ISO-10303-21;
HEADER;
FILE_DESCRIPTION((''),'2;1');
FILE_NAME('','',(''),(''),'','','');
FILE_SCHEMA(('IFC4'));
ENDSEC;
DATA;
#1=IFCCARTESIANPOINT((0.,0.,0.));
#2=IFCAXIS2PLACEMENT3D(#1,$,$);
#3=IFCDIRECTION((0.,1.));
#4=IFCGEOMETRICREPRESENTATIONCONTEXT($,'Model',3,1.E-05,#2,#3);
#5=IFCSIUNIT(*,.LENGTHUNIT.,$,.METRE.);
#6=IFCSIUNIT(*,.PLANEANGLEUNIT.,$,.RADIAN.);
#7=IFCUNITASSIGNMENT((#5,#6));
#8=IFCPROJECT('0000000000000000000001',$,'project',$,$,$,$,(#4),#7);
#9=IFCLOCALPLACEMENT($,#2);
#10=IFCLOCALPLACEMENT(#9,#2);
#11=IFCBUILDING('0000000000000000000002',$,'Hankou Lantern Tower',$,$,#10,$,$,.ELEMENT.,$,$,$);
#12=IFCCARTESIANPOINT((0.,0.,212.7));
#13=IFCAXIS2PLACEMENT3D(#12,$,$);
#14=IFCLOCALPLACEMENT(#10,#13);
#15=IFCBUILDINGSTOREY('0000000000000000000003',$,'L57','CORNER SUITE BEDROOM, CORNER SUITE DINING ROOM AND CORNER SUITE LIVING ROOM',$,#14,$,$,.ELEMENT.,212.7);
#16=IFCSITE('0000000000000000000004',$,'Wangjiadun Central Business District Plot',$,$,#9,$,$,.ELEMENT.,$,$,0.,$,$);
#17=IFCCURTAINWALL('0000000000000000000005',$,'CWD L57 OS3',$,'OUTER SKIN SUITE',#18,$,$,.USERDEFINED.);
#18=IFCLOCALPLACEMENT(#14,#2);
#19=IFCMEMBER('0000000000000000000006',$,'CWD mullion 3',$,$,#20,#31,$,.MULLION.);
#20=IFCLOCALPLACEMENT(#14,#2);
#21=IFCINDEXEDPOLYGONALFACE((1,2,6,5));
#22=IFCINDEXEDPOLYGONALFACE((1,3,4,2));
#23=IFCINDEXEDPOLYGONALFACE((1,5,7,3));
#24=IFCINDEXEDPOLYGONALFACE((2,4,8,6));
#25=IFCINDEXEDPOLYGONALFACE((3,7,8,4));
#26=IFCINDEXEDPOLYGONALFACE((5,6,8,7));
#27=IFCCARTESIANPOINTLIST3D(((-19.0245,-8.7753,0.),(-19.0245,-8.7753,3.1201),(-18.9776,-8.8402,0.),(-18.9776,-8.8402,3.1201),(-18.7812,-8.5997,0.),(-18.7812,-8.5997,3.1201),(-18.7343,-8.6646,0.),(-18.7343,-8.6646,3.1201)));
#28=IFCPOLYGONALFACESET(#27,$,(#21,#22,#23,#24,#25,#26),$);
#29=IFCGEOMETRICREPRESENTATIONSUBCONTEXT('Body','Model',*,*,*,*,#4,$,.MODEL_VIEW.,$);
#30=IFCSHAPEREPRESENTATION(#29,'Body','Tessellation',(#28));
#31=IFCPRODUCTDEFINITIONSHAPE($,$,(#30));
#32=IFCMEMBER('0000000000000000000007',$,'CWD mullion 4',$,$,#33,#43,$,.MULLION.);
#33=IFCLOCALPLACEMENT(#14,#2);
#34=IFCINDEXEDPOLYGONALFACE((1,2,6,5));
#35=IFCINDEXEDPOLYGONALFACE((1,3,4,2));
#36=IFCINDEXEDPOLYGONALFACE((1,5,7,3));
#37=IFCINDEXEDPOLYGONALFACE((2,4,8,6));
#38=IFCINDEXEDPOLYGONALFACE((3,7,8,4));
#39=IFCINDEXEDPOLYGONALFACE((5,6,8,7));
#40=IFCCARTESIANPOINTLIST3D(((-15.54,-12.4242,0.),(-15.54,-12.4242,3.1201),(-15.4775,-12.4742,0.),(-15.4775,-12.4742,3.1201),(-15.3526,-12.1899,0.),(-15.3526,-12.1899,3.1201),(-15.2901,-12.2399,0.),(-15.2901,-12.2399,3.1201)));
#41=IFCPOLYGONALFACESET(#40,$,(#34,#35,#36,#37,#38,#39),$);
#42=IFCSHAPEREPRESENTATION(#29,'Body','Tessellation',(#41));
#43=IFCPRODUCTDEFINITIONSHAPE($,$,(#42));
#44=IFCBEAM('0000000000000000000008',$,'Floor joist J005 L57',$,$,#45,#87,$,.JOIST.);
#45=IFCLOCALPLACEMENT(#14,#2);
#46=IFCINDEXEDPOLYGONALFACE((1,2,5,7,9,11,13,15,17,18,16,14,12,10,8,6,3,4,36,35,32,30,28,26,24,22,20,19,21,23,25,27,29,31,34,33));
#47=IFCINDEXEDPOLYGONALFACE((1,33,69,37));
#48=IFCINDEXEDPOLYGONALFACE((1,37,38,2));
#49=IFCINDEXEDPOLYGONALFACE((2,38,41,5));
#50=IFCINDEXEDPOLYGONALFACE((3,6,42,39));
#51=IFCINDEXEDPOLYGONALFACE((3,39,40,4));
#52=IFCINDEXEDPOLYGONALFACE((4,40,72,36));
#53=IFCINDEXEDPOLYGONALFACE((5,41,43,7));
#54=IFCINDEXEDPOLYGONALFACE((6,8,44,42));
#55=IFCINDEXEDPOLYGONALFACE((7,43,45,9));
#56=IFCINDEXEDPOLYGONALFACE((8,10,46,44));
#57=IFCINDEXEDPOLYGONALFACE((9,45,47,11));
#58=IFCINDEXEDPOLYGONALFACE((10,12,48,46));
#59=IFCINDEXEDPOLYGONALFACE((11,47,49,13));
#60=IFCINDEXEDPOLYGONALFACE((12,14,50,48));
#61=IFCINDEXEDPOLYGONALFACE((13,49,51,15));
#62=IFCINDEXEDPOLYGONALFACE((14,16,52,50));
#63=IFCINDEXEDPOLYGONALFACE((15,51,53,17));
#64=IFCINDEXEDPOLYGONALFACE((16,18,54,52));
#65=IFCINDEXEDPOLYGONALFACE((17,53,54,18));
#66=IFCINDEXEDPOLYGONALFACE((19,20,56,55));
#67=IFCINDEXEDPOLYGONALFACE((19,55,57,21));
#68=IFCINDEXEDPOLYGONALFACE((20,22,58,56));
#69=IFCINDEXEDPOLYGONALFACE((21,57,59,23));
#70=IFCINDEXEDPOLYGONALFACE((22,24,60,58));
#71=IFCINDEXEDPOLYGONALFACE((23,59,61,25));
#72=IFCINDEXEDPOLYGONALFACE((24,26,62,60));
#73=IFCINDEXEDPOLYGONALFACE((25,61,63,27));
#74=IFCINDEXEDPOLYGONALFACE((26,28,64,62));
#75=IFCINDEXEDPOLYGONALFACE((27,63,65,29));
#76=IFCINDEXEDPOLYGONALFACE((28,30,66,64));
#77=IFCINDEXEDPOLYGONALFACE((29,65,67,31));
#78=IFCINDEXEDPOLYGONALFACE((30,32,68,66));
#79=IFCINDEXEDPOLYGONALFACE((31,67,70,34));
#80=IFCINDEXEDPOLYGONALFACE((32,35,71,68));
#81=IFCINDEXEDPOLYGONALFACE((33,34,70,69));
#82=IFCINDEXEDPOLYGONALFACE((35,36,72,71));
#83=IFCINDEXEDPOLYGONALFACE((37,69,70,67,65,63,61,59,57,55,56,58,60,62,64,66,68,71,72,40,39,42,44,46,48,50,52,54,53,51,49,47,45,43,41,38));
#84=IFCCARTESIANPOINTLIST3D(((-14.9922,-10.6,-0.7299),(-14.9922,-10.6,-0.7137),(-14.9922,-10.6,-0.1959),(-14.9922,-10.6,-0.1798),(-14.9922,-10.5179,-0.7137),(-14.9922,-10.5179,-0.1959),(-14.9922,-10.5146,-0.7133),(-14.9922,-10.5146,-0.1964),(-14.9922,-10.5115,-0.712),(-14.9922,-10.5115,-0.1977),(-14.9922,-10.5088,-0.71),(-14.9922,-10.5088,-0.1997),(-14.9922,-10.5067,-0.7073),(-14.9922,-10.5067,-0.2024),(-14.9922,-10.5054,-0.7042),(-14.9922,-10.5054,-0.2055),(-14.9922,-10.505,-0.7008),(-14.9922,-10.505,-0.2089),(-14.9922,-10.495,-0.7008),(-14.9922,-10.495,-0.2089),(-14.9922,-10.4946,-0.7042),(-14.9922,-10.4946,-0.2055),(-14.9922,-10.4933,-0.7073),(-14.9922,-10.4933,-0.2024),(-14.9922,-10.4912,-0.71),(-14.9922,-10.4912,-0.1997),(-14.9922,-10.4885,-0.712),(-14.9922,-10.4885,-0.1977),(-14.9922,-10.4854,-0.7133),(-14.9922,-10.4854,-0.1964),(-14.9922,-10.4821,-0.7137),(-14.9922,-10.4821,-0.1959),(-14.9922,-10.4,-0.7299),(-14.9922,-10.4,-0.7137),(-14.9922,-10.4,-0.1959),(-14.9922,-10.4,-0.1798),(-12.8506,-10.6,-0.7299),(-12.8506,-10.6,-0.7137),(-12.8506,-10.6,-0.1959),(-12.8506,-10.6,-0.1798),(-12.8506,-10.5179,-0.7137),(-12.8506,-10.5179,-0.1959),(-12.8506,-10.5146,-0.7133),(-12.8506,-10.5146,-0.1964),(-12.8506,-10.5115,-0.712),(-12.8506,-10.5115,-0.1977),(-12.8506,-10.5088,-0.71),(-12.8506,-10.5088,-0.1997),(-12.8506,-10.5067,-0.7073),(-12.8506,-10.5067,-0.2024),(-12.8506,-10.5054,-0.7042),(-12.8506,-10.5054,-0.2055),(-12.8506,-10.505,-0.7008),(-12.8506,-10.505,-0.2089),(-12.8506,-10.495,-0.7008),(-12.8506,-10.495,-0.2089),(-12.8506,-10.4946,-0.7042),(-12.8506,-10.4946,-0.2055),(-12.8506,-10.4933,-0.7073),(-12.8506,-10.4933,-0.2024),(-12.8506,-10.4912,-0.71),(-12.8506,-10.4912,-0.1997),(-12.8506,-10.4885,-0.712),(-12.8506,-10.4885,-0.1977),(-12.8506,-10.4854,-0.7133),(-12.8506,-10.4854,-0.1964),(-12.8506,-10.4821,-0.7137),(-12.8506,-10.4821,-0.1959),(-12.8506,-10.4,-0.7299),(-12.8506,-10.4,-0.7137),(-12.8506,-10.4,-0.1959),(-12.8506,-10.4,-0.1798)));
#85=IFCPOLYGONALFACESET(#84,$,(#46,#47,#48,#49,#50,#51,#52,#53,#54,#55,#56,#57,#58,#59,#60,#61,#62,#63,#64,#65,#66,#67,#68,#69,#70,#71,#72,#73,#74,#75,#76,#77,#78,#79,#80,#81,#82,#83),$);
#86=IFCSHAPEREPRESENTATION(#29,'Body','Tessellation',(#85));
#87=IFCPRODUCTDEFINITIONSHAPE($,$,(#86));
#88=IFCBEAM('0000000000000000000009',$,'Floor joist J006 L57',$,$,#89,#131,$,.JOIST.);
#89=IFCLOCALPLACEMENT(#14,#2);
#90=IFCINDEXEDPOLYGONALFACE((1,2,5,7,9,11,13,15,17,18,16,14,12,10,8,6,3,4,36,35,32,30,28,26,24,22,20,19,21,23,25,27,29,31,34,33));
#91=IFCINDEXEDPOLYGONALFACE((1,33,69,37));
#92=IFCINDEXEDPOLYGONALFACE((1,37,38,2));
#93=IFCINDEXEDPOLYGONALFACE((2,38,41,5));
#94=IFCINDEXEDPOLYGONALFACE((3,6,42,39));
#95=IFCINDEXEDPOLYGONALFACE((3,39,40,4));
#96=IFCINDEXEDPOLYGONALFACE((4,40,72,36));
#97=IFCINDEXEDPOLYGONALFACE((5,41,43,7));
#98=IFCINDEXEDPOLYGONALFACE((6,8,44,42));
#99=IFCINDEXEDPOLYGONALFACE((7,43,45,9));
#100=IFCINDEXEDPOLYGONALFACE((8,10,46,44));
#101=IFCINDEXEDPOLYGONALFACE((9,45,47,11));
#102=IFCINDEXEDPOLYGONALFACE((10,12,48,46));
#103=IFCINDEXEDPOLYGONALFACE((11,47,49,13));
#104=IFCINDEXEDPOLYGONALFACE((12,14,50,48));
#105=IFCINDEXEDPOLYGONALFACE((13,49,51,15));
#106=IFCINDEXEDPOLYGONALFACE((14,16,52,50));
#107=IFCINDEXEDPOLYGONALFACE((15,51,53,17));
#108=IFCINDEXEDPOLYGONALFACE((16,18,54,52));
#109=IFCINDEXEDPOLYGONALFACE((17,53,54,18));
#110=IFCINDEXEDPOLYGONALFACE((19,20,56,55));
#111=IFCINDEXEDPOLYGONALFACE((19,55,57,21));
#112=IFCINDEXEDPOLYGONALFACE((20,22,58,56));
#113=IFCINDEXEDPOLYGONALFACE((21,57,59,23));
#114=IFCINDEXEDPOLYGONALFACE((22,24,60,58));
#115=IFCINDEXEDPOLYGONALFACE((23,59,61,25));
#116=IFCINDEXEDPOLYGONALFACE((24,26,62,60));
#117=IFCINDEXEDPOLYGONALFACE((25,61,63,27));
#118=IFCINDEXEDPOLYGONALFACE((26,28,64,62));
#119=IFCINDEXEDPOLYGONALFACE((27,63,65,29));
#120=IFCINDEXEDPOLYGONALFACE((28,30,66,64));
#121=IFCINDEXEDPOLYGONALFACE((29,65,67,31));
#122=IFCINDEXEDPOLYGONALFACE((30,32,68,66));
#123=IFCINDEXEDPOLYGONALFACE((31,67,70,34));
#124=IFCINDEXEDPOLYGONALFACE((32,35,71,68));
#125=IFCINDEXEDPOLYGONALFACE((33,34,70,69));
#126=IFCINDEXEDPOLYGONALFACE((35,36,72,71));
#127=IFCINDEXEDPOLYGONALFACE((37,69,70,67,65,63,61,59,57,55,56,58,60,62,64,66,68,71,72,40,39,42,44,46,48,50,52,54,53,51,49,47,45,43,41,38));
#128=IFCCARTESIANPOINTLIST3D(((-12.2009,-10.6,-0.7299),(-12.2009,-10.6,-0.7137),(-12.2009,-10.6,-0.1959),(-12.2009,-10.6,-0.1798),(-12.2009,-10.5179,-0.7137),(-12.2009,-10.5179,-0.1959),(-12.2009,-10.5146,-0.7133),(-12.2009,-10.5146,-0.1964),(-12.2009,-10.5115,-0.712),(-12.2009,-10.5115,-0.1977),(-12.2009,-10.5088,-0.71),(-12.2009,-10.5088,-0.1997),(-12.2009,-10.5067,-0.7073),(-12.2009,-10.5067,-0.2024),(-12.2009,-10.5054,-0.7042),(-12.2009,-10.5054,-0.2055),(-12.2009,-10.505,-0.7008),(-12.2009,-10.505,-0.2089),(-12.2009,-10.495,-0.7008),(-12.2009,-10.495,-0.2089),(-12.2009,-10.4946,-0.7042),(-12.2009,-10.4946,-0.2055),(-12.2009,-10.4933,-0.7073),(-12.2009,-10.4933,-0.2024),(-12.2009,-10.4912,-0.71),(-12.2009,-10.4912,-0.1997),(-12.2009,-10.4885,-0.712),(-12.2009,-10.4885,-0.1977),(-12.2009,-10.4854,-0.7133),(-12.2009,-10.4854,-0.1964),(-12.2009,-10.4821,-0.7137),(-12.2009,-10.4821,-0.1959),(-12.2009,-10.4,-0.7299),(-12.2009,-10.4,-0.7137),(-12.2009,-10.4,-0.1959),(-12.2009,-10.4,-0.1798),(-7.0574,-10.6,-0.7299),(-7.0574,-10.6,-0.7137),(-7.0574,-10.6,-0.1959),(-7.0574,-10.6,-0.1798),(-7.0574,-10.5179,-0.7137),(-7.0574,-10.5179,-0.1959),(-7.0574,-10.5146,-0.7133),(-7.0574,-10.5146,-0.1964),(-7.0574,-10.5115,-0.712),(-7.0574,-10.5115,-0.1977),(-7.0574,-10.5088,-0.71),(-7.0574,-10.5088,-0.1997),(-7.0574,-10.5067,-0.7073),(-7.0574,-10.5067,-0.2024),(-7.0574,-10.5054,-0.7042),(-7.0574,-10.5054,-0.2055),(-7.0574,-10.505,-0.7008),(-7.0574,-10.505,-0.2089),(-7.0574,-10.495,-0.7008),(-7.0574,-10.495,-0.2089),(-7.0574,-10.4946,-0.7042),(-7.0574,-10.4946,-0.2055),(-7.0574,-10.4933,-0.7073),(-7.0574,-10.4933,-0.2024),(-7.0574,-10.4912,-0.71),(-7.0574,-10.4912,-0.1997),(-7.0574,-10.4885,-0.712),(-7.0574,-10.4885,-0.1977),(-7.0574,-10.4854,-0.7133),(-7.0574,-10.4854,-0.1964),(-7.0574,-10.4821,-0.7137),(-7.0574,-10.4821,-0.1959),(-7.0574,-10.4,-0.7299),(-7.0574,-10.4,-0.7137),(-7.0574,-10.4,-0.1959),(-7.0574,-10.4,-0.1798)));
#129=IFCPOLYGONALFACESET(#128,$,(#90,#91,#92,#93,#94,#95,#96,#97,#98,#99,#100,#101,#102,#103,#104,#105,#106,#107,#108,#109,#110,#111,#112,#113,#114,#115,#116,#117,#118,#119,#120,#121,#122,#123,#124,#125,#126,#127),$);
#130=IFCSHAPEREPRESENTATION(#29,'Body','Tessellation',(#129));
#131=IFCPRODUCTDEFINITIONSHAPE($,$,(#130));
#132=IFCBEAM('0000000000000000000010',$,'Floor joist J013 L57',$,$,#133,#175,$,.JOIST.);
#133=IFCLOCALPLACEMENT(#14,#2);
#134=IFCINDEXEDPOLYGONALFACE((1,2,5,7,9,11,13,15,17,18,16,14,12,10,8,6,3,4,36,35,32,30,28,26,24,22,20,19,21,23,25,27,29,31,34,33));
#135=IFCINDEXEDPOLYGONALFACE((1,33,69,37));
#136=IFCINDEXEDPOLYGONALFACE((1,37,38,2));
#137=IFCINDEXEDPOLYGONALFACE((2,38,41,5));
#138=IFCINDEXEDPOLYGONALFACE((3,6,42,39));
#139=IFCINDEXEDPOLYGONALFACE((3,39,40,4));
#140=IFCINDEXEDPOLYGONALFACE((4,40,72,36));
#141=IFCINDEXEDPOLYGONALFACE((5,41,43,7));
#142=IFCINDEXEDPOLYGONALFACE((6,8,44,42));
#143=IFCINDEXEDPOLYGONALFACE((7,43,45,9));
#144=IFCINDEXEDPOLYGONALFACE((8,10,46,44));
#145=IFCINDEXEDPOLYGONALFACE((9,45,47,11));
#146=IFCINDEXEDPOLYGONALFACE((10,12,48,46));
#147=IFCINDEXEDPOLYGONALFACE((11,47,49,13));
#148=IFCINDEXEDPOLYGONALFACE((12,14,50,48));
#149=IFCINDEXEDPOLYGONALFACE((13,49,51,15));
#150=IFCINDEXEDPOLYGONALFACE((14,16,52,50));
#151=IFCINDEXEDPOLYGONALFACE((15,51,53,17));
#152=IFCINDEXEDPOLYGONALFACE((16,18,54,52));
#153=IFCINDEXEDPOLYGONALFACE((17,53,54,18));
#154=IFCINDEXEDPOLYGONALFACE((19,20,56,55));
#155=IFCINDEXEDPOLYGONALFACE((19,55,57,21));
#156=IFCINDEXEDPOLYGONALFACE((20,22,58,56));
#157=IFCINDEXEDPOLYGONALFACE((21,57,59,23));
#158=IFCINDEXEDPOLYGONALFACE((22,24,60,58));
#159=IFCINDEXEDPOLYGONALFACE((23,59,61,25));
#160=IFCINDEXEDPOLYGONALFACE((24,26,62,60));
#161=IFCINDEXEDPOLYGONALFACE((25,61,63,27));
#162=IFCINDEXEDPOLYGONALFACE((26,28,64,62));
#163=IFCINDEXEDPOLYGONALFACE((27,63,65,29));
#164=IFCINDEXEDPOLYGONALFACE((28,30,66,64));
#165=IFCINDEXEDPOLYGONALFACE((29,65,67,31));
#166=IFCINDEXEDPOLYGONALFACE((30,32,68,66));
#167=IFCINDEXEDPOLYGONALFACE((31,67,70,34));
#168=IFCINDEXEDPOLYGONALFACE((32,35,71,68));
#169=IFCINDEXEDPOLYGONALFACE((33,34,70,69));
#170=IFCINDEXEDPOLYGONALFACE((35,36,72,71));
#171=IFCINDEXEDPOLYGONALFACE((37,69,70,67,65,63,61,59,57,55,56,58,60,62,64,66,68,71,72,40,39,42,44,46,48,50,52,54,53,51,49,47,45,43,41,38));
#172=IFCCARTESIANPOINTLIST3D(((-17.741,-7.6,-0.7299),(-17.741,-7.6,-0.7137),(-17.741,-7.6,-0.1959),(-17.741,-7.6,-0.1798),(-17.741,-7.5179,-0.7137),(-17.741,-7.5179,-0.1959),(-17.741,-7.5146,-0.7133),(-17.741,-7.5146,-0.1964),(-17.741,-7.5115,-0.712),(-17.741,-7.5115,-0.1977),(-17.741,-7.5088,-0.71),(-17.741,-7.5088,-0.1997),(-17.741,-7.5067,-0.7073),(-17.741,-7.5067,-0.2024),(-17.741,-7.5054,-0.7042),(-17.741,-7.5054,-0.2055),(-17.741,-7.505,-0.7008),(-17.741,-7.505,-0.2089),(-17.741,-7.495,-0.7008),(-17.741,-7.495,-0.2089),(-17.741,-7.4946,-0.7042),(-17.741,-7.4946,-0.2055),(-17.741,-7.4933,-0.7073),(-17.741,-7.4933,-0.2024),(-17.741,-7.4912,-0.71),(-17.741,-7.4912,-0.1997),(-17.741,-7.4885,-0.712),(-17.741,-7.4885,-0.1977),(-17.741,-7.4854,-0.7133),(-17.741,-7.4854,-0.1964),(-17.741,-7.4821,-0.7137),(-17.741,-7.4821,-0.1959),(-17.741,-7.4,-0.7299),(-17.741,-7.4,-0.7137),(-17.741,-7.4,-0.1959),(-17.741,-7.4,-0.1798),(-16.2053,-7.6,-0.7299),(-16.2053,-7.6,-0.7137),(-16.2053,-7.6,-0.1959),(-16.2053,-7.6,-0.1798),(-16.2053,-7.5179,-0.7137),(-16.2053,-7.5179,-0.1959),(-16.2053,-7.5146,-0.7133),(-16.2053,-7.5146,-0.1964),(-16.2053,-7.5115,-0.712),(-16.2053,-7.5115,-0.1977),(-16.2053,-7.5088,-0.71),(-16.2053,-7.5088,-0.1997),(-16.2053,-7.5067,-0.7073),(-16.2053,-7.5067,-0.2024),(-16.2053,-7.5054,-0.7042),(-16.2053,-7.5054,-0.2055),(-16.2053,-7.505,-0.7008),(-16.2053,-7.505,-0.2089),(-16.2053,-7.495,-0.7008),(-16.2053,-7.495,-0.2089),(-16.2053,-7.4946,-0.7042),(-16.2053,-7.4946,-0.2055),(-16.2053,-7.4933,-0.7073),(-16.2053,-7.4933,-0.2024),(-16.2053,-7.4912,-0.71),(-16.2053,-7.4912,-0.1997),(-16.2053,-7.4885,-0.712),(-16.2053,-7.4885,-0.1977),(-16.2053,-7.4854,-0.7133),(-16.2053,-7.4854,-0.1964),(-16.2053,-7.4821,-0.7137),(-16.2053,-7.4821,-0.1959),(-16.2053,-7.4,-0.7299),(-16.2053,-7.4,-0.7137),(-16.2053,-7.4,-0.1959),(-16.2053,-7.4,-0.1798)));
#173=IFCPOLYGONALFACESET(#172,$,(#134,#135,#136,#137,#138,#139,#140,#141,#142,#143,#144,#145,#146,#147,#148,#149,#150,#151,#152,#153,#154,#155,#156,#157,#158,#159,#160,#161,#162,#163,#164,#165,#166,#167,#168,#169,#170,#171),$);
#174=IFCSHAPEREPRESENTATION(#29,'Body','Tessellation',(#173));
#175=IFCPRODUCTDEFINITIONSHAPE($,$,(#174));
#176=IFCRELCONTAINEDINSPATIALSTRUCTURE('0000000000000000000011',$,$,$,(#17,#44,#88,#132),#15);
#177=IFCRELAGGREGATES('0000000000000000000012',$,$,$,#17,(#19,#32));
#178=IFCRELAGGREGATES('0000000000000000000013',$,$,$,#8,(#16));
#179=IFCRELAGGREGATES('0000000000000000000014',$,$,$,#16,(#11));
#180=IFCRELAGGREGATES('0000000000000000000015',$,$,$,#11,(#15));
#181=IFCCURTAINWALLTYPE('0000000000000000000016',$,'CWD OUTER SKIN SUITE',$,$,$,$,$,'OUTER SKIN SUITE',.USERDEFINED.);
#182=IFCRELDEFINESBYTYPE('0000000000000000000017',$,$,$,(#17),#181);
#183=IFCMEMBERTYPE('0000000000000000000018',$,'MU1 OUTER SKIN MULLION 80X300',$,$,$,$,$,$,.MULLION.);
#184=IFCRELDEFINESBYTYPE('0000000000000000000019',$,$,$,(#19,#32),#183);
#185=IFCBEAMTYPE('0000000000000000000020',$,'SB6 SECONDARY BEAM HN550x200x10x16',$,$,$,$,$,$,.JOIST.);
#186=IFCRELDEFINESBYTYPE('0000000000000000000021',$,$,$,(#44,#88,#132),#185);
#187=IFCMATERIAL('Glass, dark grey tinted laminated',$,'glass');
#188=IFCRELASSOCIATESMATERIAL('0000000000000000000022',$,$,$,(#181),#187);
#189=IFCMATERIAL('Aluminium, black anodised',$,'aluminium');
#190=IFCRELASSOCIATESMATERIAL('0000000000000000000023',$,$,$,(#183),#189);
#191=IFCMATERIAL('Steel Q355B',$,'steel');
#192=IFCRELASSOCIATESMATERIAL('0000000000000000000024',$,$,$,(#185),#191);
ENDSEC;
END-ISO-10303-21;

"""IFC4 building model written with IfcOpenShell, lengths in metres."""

from ifc_helpers import new_model, si_unit, direction, frame, origin, origin_2d, place, context, subcontext, project, spatial, rectangle, i_section, extrude, material, material_profile, profile_set, type_object, element, aggregate, save


model = new_model("IFC4")

# Units and contexts
model_context = context("Model", 3, precision=1e-05, world=origin(), true_north=direction((0.0, 1.0)))
body_context = subcontext(model_context, "Body", "Model", "MODEL_VIEW")
ifc_project = project(units=[si_unit("LENGTHUNIT", "METRE"), si_unit("PLANEANGLEUNIT", "RADIAN")], contexts=[model_context])

# Site, building, storey
site_placement = place(None, origin())
site = spatial("IfcSite", under=ifc_project, at=site_placement, Name="Wangjiadun Central Business District Plot", CompositionType="ELEMENT", RefElevation=0.0)
building_placement = place(site_placement, origin())
building = spatial("IfcBuilding", under=site, at=building_placement, Name="Hankou Lantern Tower", CompositionType="ELEMENT")
storey_placement = place(building_placement, frame((0.0, 0.0, 212.7)))
storey = spatial("IfcBuildingStorey", under=building, at=storey_placement, Name="L57", Description="CORNER SUITE BEDROOM, CORNER SUITE DINING ROOM AND CORNER SUITE LIVING ROOM", CompositionType="ELEMENT", Elevation=212.7)

# Curtain wall, members
ifc_material_1 = material(Name="Glass, dark grey tinted laminated", Category="glass")
curtain_wall_type = type_object("IfcCurtainWallType", Name="CWD OUTER SKIN SUITE", ElementType="OUTER SKIN SUITE", PredefinedType="USERDEFINED", material=ifc_material_1)
curtain_wall_placement = place(storey_placement, origin())
curtain_wall = element("IfcCurtainWall", 1, at=curtain_wall_placement, inside=storey, type_object=curtain_wall_type, Name="CWD L57 OS3", ObjectType="OUTER SKIN SUITE", PredefinedType="USERDEFINED")
ifc_material_2 = material(Name="Aluminium, black anodised", Category="aluminium")
ifc_material_profile_1 = material_profile(ifc_material_2, rectangle(XDim=0.0801, YDim=0.3, at=origin_2d()), Name="MU1 80X300")
ifc_profile_set_1 = profile_set([ifc_material_profile_1], Name="Aluminium, black anodised")
member_type_1 = type_object("IfcMemberType", Name="MU1 OUTER SKIN MULLION 80X300", PredefinedType="MULLION", material=ifc_profile_set_1)
member_1_placement = place(storey_placement, frame((-18.8794, -8.72, 0.0), z_axis=(0.0, 0.0, 1.0), x_axis=(0.585206, -0.810885, 0.0)))
member_1 = element("IfcMember", 2, at=member_1_placement, type_object=member_type_1, Name="CWD mullion 3", PredefinedType="MULLION", context=body_context, shape_type="SweptSolid", body=[
    extrude(rectangle(XDim=0.0801, YDim=0.3, at=origin_2d()), origin(), (0.0, 0.0, 1.0), 3.1201),
])
member_2_placement = place(storey_placement, frame((-15.415, -12.332, 0.0), z_axis=(0.0, 0.0, 1.0), x_axis=(0.780869, -0.624695, 0.0)))
member_2 = element("IfcMember", 3, at=member_2_placement, type_object=member_type_1, Name="CWD mullion 4", PredefinedType="MULLION", context=body_context, shape_type="SweptSolid", body=[
    extrude(rectangle(XDim=0.0801, YDim=0.3, at=origin_2d()), origin(), (0.0, 0.0, 1.0), 3.1201),
])

# Beams
ifc_material_3 = material(Name="Steel Q355B", Category="steel")
ifc_material_profile_2 = material_profile(ifc_material_3, i_section(OverallWidth=0.2, OverallDepth=0.55, WebThickness=0.01, FlangeThickness=0.0161, FilletRadius=0.0129, at=origin_2d()), Name="HN550x200x10x16")
ifc_profile_set_2 = profile_set([ifc_material_profile_2], Name="Steel Q355B")
beam_type_1 = type_object("IfcBeamType", Name="SB6 SECONDARY BEAM HN550x200x10x16", PredefinedType="JOIST", material=ifc_profile_set_2)
beam_1_placement = place(storey_placement, frame((-14.9922, -10.5, -0.4548), z_axis=(1.0, 0.0, 0.0), x_axis=(0.0, 1.0, 0.0)))
element("IfcBeam", 4, at=beam_1_placement, inside=storey, type_object=beam_type_1, Name="Floor joist J005 L57", PredefinedType="JOIST", context=body_context, shape_type="SweptSolid", body=[
    extrude(i_section(OverallWidth=0.2, OverallDepth=0.55, WebThickness=0.01, FlangeThickness=0.0161, FilletRadius=0.0129, at=origin_2d()), origin(), (0.0, 0.0, 1.0), 2.1416),
])
beam_2_placement = place(storey_placement, frame((-12.2009, -10.5, -0.4548), z_axis=(1.0, 0.0, 0.0), x_axis=(0.0, 1.0, 0.0)))
element("IfcBeam", 5, at=beam_2_placement, inside=storey, type_object=beam_type_1, Name="Floor joist J006 L57", PredefinedType="JOIST", context=body_context, shape_type="SweptSolid", body=[
    extrude(i_section(OverallWidth=0.2, OverallDepth=0.55, WebThickness=0.01, FlangeThickness=0.0161, FilletRadius=0.0129, at=origin_2d()), origin(), (0.0, 0.0, 1.0), 5.1436),
])
beam_3_placement = place(storey_placement, frame((-17.741, -7.5, -0.4548), z_axis=(1.0, 0.0, 0.0), x_axis=(0.0, 1.0, 0.0)))
element("IfcBeam", 6, at=beam_3_placement, inside=storey, type_object=beam_type_1, Name="Floor joist J013 L57", PredefinedType="JOIST", context=body_context, shape_type="SweptSolid", body=[
    extrude(i_section(OverallWidth=0.2, OverallDepth=0.55, WebThickness=0.01, FlangeThickness=0.0161, FilletRadius=0.0129, at=origin_2d()), origin(), (0.0, 0.0, 1.0), 1.5356),
])

aggregate(curtain_wall, [member_1, member_2])

save(model, "model.ifc")
